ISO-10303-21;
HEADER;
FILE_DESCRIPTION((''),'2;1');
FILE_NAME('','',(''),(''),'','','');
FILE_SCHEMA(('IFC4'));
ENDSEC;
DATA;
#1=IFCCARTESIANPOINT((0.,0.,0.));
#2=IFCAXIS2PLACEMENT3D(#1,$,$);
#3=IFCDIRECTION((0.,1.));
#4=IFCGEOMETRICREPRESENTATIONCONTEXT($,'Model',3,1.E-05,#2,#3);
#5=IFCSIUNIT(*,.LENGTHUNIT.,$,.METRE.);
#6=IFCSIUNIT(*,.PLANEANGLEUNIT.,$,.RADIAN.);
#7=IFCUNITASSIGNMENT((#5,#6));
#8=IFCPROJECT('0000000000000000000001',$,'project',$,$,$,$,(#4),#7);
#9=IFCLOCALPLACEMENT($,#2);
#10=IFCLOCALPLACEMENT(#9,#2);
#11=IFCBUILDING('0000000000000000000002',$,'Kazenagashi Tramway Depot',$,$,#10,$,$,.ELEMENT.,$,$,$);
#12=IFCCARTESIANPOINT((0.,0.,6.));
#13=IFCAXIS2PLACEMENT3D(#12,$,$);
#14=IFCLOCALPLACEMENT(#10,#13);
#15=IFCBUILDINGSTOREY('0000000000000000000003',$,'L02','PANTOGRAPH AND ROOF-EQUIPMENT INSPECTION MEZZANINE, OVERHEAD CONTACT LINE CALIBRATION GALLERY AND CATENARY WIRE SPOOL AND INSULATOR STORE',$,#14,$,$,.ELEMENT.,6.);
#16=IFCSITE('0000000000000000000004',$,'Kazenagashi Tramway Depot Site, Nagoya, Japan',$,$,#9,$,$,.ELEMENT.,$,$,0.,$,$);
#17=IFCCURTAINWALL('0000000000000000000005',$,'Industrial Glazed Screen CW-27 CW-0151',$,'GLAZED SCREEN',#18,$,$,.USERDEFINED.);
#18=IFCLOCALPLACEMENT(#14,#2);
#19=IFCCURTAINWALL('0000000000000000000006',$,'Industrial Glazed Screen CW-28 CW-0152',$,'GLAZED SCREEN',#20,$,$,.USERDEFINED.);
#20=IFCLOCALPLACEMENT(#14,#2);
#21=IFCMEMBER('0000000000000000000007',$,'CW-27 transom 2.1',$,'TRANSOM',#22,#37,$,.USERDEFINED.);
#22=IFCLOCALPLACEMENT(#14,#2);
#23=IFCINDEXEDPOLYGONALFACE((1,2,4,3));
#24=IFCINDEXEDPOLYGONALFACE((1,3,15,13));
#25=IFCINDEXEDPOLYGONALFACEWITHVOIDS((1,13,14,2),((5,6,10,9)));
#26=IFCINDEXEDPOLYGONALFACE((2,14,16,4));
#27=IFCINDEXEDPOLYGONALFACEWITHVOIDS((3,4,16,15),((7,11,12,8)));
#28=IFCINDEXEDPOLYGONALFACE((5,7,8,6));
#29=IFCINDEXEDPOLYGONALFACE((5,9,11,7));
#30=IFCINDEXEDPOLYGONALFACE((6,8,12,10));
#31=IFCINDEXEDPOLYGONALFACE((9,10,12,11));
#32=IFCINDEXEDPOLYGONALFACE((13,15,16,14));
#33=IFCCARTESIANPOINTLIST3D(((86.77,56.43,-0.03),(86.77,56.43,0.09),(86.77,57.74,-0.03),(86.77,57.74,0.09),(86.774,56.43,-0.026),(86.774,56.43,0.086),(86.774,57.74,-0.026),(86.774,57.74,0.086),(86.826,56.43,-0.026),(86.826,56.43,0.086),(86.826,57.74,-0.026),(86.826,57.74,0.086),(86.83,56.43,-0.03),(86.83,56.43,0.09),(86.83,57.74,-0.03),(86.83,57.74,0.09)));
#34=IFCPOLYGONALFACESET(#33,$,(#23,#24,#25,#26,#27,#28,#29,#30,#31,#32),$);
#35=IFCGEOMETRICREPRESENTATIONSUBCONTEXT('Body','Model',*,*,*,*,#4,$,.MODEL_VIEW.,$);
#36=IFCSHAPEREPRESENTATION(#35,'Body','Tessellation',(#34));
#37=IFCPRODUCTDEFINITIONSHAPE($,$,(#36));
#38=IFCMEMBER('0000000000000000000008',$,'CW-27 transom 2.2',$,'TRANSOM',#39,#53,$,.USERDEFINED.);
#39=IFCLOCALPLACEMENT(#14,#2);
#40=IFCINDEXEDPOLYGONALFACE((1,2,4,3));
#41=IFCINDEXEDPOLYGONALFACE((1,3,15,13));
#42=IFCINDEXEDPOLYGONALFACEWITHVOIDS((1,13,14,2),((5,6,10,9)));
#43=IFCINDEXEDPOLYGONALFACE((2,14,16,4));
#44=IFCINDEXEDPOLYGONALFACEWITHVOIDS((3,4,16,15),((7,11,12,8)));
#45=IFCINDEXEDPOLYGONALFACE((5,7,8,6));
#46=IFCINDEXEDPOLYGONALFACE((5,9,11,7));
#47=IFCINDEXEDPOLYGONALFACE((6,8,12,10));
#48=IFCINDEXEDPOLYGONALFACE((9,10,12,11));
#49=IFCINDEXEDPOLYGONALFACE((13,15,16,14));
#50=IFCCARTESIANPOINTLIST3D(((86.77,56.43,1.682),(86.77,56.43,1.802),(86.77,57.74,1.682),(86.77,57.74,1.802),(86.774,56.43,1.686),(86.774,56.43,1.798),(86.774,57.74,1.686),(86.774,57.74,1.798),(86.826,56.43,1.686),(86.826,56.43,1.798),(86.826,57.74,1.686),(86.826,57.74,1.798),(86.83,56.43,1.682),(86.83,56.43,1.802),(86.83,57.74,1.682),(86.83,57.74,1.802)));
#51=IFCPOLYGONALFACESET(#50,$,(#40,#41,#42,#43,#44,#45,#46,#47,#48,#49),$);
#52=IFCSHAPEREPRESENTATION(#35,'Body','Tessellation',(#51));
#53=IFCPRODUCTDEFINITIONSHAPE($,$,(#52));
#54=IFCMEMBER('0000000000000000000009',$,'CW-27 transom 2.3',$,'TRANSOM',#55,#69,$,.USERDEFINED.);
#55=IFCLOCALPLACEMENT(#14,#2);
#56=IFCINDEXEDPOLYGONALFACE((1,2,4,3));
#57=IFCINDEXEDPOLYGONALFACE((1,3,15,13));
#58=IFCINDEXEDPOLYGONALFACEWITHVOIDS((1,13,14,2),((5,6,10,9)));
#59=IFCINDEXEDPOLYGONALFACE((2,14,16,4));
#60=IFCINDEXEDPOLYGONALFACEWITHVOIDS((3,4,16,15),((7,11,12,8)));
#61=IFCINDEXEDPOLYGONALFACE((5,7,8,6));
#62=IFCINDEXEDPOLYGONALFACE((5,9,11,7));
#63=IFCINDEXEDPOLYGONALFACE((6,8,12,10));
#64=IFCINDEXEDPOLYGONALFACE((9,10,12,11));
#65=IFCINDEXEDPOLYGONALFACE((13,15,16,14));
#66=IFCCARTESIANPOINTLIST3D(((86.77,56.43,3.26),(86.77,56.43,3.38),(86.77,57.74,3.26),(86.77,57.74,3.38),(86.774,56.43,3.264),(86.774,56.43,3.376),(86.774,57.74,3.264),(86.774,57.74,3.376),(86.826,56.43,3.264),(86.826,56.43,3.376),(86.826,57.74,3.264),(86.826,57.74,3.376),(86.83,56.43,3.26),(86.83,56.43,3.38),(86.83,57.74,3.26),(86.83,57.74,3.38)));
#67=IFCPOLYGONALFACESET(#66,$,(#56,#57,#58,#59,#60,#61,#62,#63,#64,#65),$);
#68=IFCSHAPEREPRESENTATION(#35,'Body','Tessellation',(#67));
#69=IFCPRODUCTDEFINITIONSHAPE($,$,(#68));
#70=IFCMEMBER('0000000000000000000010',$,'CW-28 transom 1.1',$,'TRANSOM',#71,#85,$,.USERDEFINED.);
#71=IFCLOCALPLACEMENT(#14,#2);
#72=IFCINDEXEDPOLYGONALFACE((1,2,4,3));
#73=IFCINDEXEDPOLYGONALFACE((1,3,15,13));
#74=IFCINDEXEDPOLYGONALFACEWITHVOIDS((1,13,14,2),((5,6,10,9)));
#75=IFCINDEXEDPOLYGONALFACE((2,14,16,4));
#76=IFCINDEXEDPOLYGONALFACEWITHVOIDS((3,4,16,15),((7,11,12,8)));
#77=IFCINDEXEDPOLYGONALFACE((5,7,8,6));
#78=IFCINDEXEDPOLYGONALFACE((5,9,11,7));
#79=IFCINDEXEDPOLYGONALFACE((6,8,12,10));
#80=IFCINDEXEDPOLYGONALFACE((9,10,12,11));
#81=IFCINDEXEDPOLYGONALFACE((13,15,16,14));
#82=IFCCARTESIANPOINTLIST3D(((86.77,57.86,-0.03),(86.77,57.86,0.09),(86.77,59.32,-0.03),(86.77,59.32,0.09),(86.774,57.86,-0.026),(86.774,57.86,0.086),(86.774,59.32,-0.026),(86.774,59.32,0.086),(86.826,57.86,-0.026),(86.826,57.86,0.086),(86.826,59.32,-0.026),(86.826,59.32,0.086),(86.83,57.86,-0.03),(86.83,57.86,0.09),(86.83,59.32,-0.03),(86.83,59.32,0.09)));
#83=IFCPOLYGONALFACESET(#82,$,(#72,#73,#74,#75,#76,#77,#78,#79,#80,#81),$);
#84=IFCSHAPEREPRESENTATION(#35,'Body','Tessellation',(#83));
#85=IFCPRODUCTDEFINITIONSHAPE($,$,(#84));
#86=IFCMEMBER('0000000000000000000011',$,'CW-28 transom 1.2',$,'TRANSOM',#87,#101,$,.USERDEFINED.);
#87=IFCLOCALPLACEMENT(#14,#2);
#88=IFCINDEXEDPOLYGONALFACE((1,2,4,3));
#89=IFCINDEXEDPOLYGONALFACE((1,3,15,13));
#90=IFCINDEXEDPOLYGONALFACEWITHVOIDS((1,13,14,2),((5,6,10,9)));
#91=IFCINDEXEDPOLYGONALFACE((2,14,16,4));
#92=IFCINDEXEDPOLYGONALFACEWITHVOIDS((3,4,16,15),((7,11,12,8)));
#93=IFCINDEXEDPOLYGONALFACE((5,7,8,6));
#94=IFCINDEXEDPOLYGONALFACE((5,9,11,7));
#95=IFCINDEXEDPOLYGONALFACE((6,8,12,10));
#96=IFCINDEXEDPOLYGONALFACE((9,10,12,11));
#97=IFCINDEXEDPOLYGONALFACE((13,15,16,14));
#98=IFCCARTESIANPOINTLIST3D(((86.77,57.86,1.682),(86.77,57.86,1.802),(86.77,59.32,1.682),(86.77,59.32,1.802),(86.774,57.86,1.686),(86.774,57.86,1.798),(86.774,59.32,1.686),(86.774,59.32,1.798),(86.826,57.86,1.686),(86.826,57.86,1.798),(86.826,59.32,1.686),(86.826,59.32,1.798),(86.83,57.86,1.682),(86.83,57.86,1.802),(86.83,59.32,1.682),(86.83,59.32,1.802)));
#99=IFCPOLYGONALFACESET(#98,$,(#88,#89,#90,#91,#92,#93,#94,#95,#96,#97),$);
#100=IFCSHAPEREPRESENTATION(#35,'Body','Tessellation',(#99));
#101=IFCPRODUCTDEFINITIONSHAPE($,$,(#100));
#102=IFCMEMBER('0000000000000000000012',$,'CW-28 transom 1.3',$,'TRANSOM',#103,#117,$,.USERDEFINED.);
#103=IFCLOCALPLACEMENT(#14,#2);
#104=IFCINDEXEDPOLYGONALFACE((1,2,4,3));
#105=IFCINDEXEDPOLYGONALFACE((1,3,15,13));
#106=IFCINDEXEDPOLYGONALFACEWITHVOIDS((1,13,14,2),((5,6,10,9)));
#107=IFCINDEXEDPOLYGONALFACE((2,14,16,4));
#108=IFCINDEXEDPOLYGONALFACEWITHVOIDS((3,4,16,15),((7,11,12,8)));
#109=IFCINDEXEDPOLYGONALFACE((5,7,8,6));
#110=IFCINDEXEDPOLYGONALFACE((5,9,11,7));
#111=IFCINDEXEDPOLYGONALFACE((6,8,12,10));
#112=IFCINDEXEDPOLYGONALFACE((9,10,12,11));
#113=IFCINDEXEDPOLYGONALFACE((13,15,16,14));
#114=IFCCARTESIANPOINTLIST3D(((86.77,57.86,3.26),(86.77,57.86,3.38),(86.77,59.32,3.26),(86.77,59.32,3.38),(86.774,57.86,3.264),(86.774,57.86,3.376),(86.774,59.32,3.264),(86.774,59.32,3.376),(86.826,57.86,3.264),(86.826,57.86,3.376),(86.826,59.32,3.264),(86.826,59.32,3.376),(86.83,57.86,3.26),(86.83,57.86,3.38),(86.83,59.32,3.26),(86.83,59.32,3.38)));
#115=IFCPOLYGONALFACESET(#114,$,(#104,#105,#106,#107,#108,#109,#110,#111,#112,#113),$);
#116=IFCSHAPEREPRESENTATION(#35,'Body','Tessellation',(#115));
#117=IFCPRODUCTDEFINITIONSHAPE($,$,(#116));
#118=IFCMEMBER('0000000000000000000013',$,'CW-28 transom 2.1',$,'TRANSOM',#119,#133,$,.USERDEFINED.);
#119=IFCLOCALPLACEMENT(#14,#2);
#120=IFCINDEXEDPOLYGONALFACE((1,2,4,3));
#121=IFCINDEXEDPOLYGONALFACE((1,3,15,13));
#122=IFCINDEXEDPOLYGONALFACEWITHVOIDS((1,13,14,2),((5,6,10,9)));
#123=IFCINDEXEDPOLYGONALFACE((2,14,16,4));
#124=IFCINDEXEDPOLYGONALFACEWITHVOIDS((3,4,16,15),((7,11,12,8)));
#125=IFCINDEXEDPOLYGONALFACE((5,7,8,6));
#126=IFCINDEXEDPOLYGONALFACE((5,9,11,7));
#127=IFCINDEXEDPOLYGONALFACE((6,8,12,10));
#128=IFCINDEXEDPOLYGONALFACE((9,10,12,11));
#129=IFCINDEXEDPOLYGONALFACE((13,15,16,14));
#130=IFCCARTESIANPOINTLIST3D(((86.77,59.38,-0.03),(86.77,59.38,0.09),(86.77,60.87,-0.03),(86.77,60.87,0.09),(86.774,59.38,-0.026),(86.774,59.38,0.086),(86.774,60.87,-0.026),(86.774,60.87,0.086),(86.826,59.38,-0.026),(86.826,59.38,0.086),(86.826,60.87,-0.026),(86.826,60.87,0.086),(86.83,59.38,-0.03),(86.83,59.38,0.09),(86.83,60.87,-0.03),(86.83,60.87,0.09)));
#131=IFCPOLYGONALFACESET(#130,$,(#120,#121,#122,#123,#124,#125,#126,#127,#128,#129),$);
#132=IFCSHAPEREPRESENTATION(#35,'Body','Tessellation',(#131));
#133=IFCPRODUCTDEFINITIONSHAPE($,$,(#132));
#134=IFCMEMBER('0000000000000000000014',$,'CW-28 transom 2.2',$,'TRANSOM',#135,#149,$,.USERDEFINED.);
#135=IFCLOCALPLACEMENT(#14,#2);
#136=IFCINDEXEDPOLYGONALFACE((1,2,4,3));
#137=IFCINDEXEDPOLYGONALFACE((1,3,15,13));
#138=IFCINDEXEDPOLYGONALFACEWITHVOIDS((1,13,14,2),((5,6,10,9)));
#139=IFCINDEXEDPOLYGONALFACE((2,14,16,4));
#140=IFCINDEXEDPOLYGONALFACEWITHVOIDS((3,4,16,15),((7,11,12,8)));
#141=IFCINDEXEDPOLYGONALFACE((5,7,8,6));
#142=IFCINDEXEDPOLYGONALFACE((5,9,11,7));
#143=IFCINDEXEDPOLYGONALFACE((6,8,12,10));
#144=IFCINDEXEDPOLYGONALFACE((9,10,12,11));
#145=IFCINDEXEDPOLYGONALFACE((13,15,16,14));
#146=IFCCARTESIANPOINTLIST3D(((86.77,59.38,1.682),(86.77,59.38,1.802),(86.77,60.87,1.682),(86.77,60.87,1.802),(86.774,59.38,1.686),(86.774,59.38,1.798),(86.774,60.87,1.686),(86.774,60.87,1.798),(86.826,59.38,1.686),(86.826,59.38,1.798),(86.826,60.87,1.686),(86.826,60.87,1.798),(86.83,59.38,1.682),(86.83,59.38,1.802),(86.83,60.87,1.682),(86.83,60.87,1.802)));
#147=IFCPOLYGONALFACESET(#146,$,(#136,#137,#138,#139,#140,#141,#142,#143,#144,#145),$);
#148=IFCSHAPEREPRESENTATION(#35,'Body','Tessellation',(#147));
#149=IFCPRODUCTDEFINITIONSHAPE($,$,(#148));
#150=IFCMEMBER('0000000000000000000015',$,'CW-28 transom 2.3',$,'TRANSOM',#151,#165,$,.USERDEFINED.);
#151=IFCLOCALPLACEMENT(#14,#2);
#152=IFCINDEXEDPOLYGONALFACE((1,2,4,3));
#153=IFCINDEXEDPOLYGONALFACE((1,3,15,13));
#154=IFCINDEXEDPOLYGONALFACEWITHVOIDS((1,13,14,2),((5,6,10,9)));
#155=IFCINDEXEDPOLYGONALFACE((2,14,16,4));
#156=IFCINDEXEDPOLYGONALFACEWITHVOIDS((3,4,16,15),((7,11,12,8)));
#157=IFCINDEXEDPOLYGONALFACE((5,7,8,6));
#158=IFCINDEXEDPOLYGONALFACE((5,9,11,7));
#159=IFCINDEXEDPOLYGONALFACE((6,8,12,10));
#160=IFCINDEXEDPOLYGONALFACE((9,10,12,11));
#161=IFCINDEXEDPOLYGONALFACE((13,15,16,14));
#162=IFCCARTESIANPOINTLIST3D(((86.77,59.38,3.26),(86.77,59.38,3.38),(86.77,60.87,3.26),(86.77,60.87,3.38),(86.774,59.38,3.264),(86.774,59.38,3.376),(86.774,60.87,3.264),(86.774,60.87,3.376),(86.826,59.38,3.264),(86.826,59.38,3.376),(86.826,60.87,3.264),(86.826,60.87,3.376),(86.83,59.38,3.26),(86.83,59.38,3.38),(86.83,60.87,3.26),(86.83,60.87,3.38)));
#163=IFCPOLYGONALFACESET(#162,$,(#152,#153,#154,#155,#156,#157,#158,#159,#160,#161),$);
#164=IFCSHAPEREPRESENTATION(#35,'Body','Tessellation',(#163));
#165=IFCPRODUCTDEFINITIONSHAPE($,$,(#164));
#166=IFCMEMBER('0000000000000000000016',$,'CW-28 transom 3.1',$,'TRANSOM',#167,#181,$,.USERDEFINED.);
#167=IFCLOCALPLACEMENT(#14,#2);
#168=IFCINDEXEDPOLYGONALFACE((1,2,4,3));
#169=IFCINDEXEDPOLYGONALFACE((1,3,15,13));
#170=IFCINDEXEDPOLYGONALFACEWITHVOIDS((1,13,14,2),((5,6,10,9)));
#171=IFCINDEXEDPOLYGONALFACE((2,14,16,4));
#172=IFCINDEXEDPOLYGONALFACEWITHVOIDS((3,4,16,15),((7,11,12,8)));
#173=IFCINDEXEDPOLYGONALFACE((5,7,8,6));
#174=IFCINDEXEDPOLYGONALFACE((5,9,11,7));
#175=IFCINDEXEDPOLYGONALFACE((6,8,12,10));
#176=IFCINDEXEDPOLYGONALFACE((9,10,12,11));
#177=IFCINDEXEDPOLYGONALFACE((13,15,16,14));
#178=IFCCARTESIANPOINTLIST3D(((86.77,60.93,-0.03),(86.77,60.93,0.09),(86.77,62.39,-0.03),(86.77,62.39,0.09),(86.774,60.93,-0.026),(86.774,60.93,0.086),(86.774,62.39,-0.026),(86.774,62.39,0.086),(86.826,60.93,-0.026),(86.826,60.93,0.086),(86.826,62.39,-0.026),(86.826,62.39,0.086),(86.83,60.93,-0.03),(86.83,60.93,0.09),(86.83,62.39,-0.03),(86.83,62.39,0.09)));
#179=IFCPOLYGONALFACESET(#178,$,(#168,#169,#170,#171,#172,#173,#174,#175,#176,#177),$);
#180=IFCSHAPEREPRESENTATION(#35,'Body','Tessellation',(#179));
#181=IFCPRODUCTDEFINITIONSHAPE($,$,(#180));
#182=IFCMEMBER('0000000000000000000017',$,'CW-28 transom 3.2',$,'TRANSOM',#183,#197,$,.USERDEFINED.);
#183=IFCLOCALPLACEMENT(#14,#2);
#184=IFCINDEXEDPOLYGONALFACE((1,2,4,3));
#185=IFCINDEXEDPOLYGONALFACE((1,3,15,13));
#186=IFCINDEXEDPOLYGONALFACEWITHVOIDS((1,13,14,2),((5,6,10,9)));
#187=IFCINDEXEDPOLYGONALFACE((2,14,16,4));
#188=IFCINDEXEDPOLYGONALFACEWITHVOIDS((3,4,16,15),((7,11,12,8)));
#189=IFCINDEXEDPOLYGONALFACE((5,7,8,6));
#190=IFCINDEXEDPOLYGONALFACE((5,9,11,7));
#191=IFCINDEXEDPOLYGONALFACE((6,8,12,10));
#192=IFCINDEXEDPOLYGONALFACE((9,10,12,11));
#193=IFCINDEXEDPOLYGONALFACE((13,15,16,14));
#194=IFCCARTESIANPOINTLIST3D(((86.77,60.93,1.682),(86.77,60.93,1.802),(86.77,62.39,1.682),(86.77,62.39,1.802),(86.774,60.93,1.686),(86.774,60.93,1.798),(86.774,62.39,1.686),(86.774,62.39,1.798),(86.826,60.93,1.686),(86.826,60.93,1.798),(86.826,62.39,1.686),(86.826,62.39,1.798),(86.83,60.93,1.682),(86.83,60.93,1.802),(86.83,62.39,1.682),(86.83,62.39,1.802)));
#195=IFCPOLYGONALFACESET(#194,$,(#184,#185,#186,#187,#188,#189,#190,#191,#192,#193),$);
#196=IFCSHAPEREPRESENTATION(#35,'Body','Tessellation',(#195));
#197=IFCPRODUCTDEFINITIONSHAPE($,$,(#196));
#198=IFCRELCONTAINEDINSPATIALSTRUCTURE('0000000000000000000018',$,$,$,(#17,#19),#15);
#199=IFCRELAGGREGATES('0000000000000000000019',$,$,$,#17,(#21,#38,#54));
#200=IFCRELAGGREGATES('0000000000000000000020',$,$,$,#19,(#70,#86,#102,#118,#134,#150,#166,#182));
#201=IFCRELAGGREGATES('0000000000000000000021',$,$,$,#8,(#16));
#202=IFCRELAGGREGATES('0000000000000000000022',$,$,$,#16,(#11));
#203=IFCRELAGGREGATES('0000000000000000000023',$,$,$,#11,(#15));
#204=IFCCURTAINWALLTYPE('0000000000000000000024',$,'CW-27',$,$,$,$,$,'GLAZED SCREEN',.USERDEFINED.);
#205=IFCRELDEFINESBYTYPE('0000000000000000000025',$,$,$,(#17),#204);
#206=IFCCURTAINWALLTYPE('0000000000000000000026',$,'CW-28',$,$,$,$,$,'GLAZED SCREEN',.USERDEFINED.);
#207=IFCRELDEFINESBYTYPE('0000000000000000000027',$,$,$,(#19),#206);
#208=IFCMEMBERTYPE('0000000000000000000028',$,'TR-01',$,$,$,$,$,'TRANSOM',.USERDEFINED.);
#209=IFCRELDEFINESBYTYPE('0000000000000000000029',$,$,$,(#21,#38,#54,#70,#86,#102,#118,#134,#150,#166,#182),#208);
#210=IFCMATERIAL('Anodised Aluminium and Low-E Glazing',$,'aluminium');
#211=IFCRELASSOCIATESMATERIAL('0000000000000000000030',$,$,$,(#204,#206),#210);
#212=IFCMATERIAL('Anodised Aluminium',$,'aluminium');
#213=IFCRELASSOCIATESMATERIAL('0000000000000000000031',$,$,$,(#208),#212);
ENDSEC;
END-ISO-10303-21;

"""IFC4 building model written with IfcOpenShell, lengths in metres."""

from ifc_helpers import new_model, si_unit, direction, frame, origin, origin_2d, place, context, subcontext, project, spatial, hollow_rectangle, extrude, material, material_profile, profile_set, type_object, element, aggregate, save


model = new_model("IFC4")

# Units and contexts
model_context = context("Model", 3, precision=1e-05, world=origin(), true_north=direction((0.0, 1.0)))
body_context = subcontext(model_context, "Body", "Model", "MODEL_VIEW")
ifc_project = project(units=[si_unit("LENGTHUNIT", "METRE"), si_unit("PLANEANGLEUNIT", "RADIAN")], contexts=[model_context])

# Site, building, storey
site_placement = place(None, origin())
site = spatial("IfcSite", under=ifc_project, at=site_placement, Name="Kazenagashi Tramway Depot Site, Nagoya, Japan", CompositionType="ELEMENT", RefElevation=0.0)
building_placement = place(site_placement, origin())
building = spatial("IfcBuilding", under=site, at=building_placement, Name="Kazenagashi Tramway Depot", CompositionType="ELEMENT")
storey_placement = place(building_placement, frame((0.0, 0.0, 6.0)))
storey = spatial("IfcBuildingStorey", under=building, at=storey_placement, Name="L02", Description="PANTOGRAPH AND ROOF-EQUIPMENT INSPECTION MEZZANINE, OVERHEAD CONTACT LINE CALIBRATION GALLERY AND CATENARY WIRE SPOOL AND INSULATOR STORE", CompositionType="ELEMENT", Elevation=6.0)

# Curtain walls
ifc_material_1 = material(Name="Anodised Aluminium and Low-E Glazing", Category="aluminium")
curtain_wall_type_1 = type_object("IfcCurtainWallType", Name="CW-27", ElementType="GLAZED SCREEN", PredefinedType="USERDEFINED", material=ifc_material_1)
curtain_wall_1_placement = place(storey_placement, origin())
curtain_wall_1 = element("IfcCurtainWall", 1, at=curtain_wall_1_placement, inside=storey, type_object=curtain_wall_type_1, Name="Industrial Glazed Screen CW-27 CW-0151", ObjectType="GLAZED SCREEN", PredefinedType="USERDEFINED")
ifc_material_2 = material(Name="Anodised Aluminium", Category="aluminium")
curtain_wall_type_2 = type_object("IfcCurtainWallType", Name="CW-28", ElementType="GLAZED SCREEN", PredefinedType="USERDEFINED", material=ifc_material_1)
curtain_wall_2_placement = place(storey_placement, origin())
curtain_wall_2 = element("IfcCurtainWall", 2, at=curtain_wall_2_placement, inside=storey, type_object=curtain_wall_type_2, Name="Industrial Glazed Screen CW-28 CW-0152", ObjectType="GLAZED SCREEN", PredefinedType="USERDEFINED")

# Members
ifc_material_profile_1 = material_profile(ifc_material_2, hollow_rectangle(XDim=0.06, YDim=0.12, WallThickness=0.004, at=origin_2d()), Name="RHS-120x60x4")
ifc_profile_set_1 = profile_set([ifc_material_profile_1], Name="Anodised Aluminium")
member_type_1 = type_object("IfcMemberType", Name="TR-01", ElementType="TRANSOM", PredefinedType="USERDEFINED", material=ifc_profile_set_1)
member_1_placement = place(storey_placement, frame((86.8, 56.43, 0.03), z_axis=(0.0, 1.0, 0.0), x_axis=(-1.0, 0.0, 0.0)))
member_1 = element("IfcMember", 3, at=member_1_placement, type_object=member_type_1, Name="CW-27 transom 2.1", ObjectType="TRANSOM", PredefinedType="USERDEFINED", context=body_context, shape_type="SweptSolid", body=[
    extrude(hollow_rectangle(XDim=0.06, YDim=0.12, WallThickness=0.004, at=origin_2d()), origin(), (0.0, 0.0, 1.0), 1.31),
])
member_2_placement = place(storey_placement, frame((86.8, 56.43, 1.742), z_axis=(0.0, 1.0, 0.0), x_axis=(-1.0, 0.0, 0.0)))
member_2 = element("IfcMember", 4, at=member_2_placement, type_object=member_type_1, Name="CW-27 transom 2.2", ObjectType="TRANSOM", PredefinedType="USERDEFINED", context=body_context, shape_type="SweptSolid", body=[
    extrude(hollow_rectangle(XDim=0.06, YDim=0.12, WallThickness=0.004, at=origin_2d()), origin(), (0.0, 0.0, 1.0), 1.31),
])
member_3_placement = place(storey_placement, frame((86.8, 56.43, 3.32), z_axis=(0.0, 1.0, 0.0), x_axis=(-1.0, 0.0, 0.0)))
member_3 = element("IfcMember", 5, at=member_3_placement, type_object=member_type_1, Name="CW-27 transom 2.3", ObjectType="TRANSOM", PredefinedType="USERDEFINED", context=body_context, shape_type="SweptSolid", body=[
    extrude(hollow_rectangle(XDim=0.06, YDim=0.12, WallThickness=0.004, at=origin_2d()), origin(), (0.0, 0.0, 1.0), 1.31),
])
member_4_placement = place(storey_placement, frame((86.8, 57.86, 0.03), z_axis=(0.0, 1.0, 0.0), x_axis=(-1.0, 0.0, 0.0)))
member_4 = element("IfcMember", 6, at=member_4_placement, type_object=member_type_1, Name="CW-28 transom 1.1", ObjectType="TRANSOM", PredefinedType="USERDEFINED", context=body_context, shape_type="SweptSolid", body=[
    extrude(hollow_rectangle(XDim=0.06, YDim=0.12, WallThickness=0.004, at=origin_2d()), origin(), (0.0, 0.0, 1.0), 1.46),
])
member_5_placement = place(storey_placement, frame((86.8, 57.86, 1.742), z_axis=(0.0, 1.0, 0.0), x_axis=(-1.0, 0.0, 0.0)))
member_5 = element("IfcMember", 7, at=member_5_placement, type_object=member_type_1, Name="CW-28 transom 1.2", ObjectType="TRANSOM", PredefinedType="USERDEFINED", context=body_context, shape_type="SweptSolid", body=[
    extrude(hollow_rectangle(XDim=0.06, YDim=0.12, WallThickness=0.004, at=origin_2d()), origin(), (0.0, 0.0, 1.0), 1.46),
])
member_6_placement = place(storey_placement, frame((86.8, 57.86, 3.32), z_axis=(0.0, 1.0, 0.0), x_axis=(-1.0, 0.0, 0.0)))
member_6 = element("IfcMember", 8, at=member_6_placement, type_object=member_type_1, Name="CW-28 transom 1.3", ObjectType="TRANSOM", PredefinedType="USERDEFINED", context=body_context, shape_type="SweptSolid", body=[
    extrude(hollow_rectangle(XDim=0.06, YDim=0.12, WallThickness=0.004, at=origin_2d()), origin(), (0.0, 0.0, 1.0), 1.46),
])
member_7_placement = place(storey_placement, frame((86.8, 59.38, 0.03), z_axis=(0.0, 1.0, 0.0), x_axis=(-1.0, 0.0, 0.0)))
member_7 = element("IfcMember", 9, at=member_7_placement, type_object=member_type_1, Name="CW-28 transom 2.1", ObjectType="TRANSOM", PredefinedType="USERDEFINED", context=body_context, shape_type="SweptSolid", body=[
    extrude(hollow_rectangle(XDim=0.06, YDim=0.12, WallThickness=0.004, at=origin_2d()), origin(), (0.0, 0.0, 1.0), 1.49),
])
member_8_placement = place(storey_placement, frame((86.8, 59.38, 1.742), z_axis=(0.0, 1.0, 0.0), x_axis=(-1.0, 0.0, 0.0)))
member_8 = element("IfcMember", 10, at=member_8_placement, type_object=member_type_1, Name="CW-28 transom 2.2", ObjectType="TRANSOM", PredefinedType="USERDEFINED", context=body_context, shape_type="SweptSolid", body=[
    extrude(hollow_rectangle(XDim=0.06, YDim=0.12, WallThickness=0.004, at=origin_2d()), origin(), (0.0, 0.0, 1.0), 1.49),
])
member_9_placement = place(storey_placement, frame((86.8, 59.38, 3.32), z_axis=(0.0, 1.0, 0.0), x_axis=(-1.0, 0.0, 0.0)))
member_9 = element("IfcMember", 11, at=member_9_placement, type_object=member_type_1, Name="CW-28 transom 2.3", ObjectType="TRANSOM", PredefinedType="USERDEFINED", context=body_context, shape_type="SweptSolid", body=[
    extrude(hollow_rectangle(XDim=0.06, YDim=0.12, WallThickness=0.004, at=origin_2d()), origin(), (0.0, 0.0, 1.0), 1.49),
])
member_10_placement = place(storey_placement, frame((86.8, 60.93, 0.03), z_axis=(0.0, 1.0, 0.0), x_axis=(-1.0, 0.0, 0.0)))
member_10 = element("IfcMember", 12, at=member_10_placement, type_object=member_type_1, Name="CW-28 transom 3.1", ObjectType="TRANSOM", PredefinedType="USERDEFINED", context=body_context, shape_type="SweptSolid", body=[
    extrude(hollow_rectangle(XDim=0.06, YDim=0.12, WallThickness=0.004, at=origin_2d()), origin(), (0.0, 0.0, 1.0), 1.46),
])
member_11_placement = place(storey_placement, frame((86.8, 60.93, 1.742), z_axis=(0.0, 1.0, 0.0), x_axis=(-1.0, 0.0, 0.0)))
member_11 = element("IfcMember", 13, at=member_11_placement, type_object=member_type_1, Name="CW-28 transom 3.2", ObjectType="TRANSOM", PredefinedType="USERDEFINED", context=body_context, shape_type="SweptSolid", body=[
    extrude(hollow_rectangle(XDim=0.06, YDim=0.12, WallThickness=0.004, at=origin_2d()), origin(), (0.0, 0.0, 1.0), 1.46),
])

aggregate(curtain_wall_1, [member_1, member_2, member_3])
aggregate(curtain_wall_2, [member_4, member_5, member_6, member_7, member_8, member_9, member_10, member_11])

save(model, "model.ifc")
